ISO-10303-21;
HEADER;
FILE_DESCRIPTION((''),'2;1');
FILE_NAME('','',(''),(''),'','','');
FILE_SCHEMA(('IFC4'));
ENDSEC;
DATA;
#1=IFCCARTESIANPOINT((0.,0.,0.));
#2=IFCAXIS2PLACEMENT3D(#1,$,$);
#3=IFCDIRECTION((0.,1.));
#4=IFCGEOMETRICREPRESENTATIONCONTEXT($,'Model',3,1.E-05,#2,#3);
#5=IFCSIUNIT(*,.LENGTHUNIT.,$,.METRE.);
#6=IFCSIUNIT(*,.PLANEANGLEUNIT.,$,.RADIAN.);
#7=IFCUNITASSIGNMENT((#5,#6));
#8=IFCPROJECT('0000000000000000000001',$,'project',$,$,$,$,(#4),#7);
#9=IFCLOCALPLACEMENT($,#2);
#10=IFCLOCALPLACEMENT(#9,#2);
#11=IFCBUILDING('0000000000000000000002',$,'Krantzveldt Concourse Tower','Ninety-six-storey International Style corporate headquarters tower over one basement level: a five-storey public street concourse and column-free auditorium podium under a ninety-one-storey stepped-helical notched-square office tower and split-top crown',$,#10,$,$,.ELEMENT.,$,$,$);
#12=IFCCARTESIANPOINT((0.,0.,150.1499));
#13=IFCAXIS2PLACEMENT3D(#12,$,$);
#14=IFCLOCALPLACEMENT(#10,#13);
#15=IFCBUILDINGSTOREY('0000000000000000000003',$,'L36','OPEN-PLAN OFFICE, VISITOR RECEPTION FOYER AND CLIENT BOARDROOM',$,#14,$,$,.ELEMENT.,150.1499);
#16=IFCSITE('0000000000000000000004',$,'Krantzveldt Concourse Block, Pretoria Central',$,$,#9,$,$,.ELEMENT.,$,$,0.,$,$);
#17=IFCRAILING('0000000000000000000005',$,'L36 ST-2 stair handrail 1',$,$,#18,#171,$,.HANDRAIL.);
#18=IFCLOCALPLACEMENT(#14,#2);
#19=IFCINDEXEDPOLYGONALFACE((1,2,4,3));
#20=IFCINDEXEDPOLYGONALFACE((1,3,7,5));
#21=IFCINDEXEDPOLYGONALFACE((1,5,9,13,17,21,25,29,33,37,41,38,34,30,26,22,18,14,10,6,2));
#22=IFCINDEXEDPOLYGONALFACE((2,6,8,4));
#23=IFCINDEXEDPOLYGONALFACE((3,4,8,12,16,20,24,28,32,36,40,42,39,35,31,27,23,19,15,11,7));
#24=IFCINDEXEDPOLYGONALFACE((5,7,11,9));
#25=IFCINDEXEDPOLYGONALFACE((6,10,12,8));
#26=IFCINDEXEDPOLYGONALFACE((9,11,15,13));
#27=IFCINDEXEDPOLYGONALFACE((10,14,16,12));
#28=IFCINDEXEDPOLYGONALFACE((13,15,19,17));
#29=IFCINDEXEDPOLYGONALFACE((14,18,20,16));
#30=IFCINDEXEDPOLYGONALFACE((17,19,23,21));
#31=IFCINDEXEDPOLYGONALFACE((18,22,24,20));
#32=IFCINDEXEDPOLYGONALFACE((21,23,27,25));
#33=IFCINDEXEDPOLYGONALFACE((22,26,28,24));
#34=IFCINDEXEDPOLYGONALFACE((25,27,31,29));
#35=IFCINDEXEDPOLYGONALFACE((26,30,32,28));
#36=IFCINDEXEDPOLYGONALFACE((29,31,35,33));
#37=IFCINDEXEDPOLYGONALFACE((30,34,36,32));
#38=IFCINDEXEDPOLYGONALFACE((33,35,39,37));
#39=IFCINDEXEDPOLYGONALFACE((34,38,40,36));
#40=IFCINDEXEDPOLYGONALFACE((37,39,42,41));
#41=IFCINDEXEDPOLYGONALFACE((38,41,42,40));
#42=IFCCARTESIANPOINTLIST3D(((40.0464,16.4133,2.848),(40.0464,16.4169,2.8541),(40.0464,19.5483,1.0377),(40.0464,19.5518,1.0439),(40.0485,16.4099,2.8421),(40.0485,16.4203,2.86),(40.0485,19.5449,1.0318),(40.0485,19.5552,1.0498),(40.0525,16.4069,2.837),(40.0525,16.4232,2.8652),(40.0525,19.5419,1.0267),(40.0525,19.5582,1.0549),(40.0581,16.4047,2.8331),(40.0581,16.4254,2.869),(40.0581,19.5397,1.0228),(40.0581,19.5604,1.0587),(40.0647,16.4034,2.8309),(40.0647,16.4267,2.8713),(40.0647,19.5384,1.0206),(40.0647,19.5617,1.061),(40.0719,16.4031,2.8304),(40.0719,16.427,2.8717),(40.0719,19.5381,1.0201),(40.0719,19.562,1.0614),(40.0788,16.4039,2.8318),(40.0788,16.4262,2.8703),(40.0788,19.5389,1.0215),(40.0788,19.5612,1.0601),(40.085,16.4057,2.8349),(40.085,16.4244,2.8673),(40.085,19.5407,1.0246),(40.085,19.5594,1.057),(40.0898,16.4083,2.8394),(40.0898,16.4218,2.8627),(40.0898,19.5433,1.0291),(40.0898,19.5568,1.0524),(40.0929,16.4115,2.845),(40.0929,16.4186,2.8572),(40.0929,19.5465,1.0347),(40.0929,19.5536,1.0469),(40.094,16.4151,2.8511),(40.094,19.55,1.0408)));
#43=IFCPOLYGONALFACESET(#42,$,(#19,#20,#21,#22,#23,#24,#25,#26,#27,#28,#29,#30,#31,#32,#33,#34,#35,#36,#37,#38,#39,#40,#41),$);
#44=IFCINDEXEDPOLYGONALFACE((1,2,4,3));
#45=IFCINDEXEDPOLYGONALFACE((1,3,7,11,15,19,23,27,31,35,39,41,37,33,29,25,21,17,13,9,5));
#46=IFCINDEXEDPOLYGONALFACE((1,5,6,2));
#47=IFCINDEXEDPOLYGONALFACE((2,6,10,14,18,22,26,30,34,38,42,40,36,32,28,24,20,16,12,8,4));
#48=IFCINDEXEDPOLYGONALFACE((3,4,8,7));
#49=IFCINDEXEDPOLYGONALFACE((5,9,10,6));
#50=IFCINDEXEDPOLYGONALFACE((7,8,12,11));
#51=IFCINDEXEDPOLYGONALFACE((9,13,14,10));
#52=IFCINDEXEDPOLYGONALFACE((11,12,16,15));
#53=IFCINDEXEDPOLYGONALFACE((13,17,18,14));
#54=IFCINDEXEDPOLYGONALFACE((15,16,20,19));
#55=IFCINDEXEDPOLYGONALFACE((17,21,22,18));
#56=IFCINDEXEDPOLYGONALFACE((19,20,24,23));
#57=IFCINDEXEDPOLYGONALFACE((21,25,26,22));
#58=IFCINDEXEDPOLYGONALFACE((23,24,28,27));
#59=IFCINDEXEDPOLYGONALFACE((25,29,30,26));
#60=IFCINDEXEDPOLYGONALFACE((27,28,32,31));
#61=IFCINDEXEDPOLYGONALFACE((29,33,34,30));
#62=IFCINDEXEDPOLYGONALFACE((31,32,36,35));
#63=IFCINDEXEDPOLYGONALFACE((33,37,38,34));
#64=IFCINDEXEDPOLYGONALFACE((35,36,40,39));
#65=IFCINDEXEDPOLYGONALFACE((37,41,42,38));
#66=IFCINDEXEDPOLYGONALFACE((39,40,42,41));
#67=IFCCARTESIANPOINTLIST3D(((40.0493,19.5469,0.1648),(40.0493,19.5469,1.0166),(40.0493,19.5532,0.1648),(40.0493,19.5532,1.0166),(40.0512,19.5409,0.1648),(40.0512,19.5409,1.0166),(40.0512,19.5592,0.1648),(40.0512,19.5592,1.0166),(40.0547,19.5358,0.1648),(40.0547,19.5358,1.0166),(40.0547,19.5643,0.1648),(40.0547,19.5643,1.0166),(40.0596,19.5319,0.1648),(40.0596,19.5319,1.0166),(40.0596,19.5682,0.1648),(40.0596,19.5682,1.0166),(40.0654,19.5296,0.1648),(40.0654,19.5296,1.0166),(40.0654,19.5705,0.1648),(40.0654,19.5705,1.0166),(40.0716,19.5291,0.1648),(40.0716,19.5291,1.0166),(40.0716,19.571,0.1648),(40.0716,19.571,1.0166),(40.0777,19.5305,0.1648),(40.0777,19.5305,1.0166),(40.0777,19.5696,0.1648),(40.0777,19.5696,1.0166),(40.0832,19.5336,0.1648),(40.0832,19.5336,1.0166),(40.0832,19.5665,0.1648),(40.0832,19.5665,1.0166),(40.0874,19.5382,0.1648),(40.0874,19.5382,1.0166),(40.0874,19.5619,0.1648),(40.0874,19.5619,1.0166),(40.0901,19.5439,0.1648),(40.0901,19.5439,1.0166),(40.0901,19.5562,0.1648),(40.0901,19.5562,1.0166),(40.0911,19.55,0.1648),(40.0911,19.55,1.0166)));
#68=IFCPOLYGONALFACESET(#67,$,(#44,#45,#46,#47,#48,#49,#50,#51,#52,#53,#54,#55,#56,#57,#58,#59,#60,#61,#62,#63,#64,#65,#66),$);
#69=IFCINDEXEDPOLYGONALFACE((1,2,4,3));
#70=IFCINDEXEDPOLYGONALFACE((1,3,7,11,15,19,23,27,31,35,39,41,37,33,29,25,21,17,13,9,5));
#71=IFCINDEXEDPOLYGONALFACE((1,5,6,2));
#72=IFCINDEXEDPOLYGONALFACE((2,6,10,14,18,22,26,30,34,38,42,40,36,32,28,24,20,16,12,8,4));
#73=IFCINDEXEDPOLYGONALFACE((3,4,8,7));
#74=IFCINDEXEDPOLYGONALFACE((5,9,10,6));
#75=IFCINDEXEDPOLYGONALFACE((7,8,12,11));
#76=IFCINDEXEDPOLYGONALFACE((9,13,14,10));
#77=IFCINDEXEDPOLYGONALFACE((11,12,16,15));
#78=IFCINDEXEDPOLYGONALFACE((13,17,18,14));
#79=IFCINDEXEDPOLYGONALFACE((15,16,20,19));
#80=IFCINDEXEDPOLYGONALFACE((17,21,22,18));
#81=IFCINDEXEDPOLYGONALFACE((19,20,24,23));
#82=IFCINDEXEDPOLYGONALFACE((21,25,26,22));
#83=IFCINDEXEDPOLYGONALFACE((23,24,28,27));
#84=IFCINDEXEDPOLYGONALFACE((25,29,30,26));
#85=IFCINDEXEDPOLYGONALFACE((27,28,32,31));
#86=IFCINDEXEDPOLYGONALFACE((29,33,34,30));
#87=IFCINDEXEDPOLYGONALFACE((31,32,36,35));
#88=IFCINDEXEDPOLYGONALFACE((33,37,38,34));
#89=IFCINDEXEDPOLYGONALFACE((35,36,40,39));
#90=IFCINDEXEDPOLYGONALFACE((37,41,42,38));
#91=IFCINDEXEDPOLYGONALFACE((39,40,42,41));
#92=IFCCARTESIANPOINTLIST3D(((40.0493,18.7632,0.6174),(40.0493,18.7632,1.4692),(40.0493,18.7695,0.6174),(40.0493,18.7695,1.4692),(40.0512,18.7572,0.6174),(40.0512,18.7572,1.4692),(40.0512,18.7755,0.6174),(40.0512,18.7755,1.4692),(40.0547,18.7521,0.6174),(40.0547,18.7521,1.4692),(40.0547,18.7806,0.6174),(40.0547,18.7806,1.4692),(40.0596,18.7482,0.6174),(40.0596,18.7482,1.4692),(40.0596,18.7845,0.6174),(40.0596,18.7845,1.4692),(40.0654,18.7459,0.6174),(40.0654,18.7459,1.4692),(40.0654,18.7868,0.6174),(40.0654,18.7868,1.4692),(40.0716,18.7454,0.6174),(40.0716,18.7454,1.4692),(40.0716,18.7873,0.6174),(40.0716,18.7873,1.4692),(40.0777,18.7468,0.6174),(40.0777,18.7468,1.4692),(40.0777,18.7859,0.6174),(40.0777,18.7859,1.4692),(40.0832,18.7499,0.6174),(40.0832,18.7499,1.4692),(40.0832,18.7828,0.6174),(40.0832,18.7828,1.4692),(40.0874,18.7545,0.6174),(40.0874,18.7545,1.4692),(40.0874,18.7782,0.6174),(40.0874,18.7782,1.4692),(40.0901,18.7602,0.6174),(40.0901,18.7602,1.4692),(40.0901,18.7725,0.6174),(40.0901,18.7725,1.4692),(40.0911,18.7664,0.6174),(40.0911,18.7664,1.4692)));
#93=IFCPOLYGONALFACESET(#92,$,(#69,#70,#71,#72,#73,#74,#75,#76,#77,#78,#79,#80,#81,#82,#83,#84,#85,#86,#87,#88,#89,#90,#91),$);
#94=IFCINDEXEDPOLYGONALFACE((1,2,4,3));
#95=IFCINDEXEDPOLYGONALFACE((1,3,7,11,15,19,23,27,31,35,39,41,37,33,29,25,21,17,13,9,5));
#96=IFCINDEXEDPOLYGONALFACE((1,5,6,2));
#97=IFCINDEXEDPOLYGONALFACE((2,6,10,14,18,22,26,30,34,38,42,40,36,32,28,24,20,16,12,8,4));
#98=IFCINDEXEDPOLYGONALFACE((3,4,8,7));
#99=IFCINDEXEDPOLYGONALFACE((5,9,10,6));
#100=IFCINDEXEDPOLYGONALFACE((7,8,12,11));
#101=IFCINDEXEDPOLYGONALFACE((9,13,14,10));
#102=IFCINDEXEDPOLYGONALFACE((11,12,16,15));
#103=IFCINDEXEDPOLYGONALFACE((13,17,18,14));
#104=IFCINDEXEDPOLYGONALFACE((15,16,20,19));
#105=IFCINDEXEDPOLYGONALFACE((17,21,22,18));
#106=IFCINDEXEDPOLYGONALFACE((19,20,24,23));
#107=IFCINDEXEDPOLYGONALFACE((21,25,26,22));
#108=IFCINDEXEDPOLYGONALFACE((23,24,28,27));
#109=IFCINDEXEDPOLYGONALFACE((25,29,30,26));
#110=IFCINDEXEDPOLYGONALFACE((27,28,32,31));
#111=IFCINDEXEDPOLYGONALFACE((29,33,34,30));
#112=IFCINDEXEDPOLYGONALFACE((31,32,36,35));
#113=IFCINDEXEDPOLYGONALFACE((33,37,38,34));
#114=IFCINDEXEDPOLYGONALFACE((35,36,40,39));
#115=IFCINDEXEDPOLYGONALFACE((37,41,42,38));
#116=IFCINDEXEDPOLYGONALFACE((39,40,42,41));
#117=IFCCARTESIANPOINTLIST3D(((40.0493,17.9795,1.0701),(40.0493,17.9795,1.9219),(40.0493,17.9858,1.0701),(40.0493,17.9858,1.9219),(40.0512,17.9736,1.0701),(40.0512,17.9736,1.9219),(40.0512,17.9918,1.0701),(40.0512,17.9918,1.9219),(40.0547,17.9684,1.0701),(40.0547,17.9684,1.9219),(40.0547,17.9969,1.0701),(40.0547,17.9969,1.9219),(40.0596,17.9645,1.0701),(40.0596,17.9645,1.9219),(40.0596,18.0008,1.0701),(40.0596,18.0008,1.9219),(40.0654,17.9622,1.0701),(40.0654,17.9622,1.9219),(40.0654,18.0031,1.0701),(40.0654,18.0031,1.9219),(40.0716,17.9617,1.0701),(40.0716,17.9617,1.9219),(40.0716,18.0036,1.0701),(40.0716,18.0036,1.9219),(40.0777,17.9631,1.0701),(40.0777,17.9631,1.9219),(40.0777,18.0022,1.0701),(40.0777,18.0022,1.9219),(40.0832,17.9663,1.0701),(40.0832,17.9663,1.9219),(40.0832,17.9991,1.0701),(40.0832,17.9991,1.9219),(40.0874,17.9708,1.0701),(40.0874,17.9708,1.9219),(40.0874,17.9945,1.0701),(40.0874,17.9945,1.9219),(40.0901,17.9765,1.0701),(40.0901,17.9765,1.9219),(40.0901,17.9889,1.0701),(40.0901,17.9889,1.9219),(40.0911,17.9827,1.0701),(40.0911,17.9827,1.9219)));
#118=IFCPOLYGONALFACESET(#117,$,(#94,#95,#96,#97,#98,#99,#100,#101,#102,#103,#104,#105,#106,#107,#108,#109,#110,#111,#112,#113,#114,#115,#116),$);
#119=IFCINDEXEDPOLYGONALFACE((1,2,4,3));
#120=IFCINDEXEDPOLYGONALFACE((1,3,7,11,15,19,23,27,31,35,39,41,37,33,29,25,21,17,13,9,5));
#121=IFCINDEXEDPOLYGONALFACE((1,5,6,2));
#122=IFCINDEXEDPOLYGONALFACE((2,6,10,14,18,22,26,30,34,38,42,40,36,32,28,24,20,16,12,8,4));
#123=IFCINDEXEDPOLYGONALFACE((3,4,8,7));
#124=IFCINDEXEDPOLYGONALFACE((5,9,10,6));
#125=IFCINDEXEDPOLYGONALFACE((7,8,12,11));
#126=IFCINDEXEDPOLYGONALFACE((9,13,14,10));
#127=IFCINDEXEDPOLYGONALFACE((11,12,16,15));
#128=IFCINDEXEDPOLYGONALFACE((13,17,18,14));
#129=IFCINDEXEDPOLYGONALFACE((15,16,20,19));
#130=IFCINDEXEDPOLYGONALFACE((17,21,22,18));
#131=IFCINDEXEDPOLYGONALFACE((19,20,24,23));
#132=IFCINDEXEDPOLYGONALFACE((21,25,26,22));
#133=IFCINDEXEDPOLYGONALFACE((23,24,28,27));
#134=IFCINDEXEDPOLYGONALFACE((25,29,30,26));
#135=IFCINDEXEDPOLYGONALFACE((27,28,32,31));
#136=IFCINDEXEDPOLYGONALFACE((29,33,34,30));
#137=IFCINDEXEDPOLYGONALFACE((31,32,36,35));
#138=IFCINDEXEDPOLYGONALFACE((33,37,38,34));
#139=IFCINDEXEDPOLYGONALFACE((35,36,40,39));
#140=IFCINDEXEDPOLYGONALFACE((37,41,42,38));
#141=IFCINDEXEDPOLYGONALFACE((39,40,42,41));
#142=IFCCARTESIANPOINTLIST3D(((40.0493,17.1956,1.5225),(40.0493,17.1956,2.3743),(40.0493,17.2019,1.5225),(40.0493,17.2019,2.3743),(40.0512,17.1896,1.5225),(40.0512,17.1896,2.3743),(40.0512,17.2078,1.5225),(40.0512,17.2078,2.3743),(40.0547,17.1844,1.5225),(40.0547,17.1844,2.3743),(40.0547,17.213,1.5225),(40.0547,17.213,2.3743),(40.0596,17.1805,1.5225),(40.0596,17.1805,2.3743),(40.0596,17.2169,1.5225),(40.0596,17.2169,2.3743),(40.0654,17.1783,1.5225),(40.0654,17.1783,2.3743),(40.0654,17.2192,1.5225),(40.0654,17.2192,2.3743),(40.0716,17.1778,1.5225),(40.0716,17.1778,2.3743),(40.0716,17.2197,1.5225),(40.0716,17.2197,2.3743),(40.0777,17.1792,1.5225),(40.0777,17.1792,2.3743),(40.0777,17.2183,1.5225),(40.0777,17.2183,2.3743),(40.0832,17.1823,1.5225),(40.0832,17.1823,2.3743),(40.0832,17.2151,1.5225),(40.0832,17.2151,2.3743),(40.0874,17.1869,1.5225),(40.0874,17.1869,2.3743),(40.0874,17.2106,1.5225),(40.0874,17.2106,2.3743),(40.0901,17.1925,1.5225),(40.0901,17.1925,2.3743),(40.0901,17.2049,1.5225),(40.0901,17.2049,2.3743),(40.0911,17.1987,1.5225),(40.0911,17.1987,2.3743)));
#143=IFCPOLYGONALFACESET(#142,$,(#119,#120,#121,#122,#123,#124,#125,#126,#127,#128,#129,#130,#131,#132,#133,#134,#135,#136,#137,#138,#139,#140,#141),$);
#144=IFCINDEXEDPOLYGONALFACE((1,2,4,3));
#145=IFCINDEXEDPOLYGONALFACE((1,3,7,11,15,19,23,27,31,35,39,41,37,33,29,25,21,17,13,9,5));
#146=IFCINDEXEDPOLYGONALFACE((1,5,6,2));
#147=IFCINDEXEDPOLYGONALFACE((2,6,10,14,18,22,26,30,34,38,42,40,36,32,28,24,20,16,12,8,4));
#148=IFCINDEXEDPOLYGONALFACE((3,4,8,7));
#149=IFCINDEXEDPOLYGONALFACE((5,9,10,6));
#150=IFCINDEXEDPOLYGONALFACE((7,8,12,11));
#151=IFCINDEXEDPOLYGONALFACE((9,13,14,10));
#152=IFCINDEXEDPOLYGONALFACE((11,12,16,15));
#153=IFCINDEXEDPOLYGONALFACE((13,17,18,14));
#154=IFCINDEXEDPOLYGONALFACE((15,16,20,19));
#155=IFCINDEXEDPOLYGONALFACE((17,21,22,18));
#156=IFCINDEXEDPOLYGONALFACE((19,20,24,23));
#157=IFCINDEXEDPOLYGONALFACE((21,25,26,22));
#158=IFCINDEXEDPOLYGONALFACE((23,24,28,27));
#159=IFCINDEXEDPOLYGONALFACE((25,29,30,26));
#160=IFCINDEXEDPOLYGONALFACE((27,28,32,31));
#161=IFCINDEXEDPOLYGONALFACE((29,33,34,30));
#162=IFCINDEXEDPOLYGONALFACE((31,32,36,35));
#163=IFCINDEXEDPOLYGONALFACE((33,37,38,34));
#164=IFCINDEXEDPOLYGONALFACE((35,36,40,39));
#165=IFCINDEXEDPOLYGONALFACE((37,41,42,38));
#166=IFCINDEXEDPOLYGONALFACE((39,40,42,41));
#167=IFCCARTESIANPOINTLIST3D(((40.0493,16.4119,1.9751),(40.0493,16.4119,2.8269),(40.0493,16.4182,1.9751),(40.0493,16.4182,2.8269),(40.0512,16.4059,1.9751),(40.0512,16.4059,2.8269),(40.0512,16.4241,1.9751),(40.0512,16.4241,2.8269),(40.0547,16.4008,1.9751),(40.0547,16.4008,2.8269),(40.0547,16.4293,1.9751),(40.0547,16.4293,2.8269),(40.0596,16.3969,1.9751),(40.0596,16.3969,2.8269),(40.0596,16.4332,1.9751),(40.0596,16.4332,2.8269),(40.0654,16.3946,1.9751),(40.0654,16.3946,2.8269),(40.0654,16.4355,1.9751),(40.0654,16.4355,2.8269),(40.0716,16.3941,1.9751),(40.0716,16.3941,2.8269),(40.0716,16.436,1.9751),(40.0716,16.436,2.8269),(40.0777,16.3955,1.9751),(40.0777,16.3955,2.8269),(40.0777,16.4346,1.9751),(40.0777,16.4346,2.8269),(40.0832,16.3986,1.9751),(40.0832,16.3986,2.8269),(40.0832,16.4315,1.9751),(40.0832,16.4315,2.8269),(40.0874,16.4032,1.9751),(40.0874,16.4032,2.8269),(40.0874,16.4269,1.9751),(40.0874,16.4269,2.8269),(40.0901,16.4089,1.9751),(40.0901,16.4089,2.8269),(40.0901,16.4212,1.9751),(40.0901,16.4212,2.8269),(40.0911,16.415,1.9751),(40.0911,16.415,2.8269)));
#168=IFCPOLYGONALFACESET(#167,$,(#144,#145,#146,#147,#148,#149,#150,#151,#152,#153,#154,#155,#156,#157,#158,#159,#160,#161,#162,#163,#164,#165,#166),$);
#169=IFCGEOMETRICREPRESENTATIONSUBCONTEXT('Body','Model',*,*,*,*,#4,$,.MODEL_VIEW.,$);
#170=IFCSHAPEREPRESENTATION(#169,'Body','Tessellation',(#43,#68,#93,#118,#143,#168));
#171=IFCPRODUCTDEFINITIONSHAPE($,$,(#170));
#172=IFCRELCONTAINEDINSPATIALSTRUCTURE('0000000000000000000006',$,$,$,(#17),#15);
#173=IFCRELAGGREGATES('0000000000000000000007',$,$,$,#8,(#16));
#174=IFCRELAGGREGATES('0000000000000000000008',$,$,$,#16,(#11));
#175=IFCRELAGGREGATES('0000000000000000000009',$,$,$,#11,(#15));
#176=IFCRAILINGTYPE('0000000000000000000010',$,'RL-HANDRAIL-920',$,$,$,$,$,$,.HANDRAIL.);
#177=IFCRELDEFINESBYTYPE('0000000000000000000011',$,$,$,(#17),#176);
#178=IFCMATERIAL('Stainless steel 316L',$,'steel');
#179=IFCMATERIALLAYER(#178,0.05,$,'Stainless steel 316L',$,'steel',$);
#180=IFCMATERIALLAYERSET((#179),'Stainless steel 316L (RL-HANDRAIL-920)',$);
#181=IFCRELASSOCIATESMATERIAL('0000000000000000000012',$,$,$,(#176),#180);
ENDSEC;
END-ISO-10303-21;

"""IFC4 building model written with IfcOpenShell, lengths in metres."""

from ifc_helpers import new_model, si_unit, direction, frame, origin, origin_2d, place, context, subcontext, project, spatial, circle, extrude, material, layer, layer_set, type_object, element, save


model = new_model("IFC4")

# Units and contexts
model_context = context("Model", 3, precision=1e-05, world=origin(), true_north=direction((0.0, 1.0)))
body_context = subcontext(model_context, "Body", "Model", "MODEL_VIEW")
ifc_project = project(units=[si_unit("LENGTHUNIT", "METRE"), si_unit("PLANEANGLEUNIT", "RADIAN")], contexts=[model_context])

# Site, building, storey
site_placement = place(None, origin())
site = spatial("IfcSite", under=ifc_project, at=site_placement, Name="Krantzveldt Concourse Block, Pretoria Central", CompositionType="ELEMENT", RefElevation=0.0)
building_placement = place(site_placement, origin())
building = spatial("IfcBuilding", under=site, at=building_placement, Name="Krantzveldt Concourse Tower", Description="Ninety-six-storey International Style corporate headquarters tower over one basement level: a five-storey public street concourse and column-free auditorium podium under a ninety-one-storey stepped-helical notched-square office tower and split-top crown", CompositionType="ELEMENT")
storey_placement = place(building_placement, frame((0.0, 0.0, 150.1499)))
storey = spatial("IfcBuildingStorey", under=building, at=storey_placement, Name="L36", Description="OPEN-PLAN OFFICE, VISITOR RECEPTION FOYER AND CLIENT BOARDROOM", CompositionType="ELEMENT", Elevation=150.1499)

# Shared definitions
ifc_material_1 = material(Name="Stainless steel 316L", Category="steel")

# Railing
ifc_layer_1 = layer(ifc_material_1, 0.05, Name="Stainless steel 316L", Category="steel")
ifc_layer_set_1 = layer_set([ifc_layer_1], Name="Stainless steel 316L (RL-HANDRAIL-920)")
railing_type_1 = type_object("IfcRailingType", Name="RL-HANDRAIL-920", PredefinedType="HANDRAIL", material=ifc_layer_set_1)
railing_1_placement = place(storey_placement, frame((40.0701, 19.55, 0.1648)))
element("IfcRailing", 1, at=railing_1_placement, inside=storey, type_object=railing_type_1, Name="L36 ST-2 stair handrail 1", PredefinedType="HANDRAIL", context=body_context, shape_type="SweptSolid", body=[
    extrude(circle(Radius=0.0239, at=origin_2d()), frame((0.0, 0.0, 0.876), z_axis=(0.0, -0.865989, 0.500063), x_axis=(1.0, 0.0, 0.0)), (0.0, 0.0, 1.0), 3.6201),
    extrude(circle(Radius=0.021, at=origin_2d()), origin(), (0.0, 0.0, 1.0), 0.8518),
    extrude(circle(Radius=0.021, at=origin_2d()), frame((0.0, -0.7837, 0.4526)), (0.0, 0.0, 1.0), 0.8518),
    extrude(circle(Radius=0.021, at=origin_2d()), frame((0.0, -1.5674, 0.9053)), (0.0, 0.0, 1.0), 0.8518),
    extrude(circle(Radius=0.021, at=origin_2d()), frame((0.0, -2.3513, 1.3577)), (0.0, 0.0, 1.0), 0.8518),
    extrude(circle(Radius=0.021, at=origin_2d()), frame((0.0, -3.135, 1.8103)), (0.0, 0.0, 1.0), 0.8518),
])

save(model, "model.ifc")
